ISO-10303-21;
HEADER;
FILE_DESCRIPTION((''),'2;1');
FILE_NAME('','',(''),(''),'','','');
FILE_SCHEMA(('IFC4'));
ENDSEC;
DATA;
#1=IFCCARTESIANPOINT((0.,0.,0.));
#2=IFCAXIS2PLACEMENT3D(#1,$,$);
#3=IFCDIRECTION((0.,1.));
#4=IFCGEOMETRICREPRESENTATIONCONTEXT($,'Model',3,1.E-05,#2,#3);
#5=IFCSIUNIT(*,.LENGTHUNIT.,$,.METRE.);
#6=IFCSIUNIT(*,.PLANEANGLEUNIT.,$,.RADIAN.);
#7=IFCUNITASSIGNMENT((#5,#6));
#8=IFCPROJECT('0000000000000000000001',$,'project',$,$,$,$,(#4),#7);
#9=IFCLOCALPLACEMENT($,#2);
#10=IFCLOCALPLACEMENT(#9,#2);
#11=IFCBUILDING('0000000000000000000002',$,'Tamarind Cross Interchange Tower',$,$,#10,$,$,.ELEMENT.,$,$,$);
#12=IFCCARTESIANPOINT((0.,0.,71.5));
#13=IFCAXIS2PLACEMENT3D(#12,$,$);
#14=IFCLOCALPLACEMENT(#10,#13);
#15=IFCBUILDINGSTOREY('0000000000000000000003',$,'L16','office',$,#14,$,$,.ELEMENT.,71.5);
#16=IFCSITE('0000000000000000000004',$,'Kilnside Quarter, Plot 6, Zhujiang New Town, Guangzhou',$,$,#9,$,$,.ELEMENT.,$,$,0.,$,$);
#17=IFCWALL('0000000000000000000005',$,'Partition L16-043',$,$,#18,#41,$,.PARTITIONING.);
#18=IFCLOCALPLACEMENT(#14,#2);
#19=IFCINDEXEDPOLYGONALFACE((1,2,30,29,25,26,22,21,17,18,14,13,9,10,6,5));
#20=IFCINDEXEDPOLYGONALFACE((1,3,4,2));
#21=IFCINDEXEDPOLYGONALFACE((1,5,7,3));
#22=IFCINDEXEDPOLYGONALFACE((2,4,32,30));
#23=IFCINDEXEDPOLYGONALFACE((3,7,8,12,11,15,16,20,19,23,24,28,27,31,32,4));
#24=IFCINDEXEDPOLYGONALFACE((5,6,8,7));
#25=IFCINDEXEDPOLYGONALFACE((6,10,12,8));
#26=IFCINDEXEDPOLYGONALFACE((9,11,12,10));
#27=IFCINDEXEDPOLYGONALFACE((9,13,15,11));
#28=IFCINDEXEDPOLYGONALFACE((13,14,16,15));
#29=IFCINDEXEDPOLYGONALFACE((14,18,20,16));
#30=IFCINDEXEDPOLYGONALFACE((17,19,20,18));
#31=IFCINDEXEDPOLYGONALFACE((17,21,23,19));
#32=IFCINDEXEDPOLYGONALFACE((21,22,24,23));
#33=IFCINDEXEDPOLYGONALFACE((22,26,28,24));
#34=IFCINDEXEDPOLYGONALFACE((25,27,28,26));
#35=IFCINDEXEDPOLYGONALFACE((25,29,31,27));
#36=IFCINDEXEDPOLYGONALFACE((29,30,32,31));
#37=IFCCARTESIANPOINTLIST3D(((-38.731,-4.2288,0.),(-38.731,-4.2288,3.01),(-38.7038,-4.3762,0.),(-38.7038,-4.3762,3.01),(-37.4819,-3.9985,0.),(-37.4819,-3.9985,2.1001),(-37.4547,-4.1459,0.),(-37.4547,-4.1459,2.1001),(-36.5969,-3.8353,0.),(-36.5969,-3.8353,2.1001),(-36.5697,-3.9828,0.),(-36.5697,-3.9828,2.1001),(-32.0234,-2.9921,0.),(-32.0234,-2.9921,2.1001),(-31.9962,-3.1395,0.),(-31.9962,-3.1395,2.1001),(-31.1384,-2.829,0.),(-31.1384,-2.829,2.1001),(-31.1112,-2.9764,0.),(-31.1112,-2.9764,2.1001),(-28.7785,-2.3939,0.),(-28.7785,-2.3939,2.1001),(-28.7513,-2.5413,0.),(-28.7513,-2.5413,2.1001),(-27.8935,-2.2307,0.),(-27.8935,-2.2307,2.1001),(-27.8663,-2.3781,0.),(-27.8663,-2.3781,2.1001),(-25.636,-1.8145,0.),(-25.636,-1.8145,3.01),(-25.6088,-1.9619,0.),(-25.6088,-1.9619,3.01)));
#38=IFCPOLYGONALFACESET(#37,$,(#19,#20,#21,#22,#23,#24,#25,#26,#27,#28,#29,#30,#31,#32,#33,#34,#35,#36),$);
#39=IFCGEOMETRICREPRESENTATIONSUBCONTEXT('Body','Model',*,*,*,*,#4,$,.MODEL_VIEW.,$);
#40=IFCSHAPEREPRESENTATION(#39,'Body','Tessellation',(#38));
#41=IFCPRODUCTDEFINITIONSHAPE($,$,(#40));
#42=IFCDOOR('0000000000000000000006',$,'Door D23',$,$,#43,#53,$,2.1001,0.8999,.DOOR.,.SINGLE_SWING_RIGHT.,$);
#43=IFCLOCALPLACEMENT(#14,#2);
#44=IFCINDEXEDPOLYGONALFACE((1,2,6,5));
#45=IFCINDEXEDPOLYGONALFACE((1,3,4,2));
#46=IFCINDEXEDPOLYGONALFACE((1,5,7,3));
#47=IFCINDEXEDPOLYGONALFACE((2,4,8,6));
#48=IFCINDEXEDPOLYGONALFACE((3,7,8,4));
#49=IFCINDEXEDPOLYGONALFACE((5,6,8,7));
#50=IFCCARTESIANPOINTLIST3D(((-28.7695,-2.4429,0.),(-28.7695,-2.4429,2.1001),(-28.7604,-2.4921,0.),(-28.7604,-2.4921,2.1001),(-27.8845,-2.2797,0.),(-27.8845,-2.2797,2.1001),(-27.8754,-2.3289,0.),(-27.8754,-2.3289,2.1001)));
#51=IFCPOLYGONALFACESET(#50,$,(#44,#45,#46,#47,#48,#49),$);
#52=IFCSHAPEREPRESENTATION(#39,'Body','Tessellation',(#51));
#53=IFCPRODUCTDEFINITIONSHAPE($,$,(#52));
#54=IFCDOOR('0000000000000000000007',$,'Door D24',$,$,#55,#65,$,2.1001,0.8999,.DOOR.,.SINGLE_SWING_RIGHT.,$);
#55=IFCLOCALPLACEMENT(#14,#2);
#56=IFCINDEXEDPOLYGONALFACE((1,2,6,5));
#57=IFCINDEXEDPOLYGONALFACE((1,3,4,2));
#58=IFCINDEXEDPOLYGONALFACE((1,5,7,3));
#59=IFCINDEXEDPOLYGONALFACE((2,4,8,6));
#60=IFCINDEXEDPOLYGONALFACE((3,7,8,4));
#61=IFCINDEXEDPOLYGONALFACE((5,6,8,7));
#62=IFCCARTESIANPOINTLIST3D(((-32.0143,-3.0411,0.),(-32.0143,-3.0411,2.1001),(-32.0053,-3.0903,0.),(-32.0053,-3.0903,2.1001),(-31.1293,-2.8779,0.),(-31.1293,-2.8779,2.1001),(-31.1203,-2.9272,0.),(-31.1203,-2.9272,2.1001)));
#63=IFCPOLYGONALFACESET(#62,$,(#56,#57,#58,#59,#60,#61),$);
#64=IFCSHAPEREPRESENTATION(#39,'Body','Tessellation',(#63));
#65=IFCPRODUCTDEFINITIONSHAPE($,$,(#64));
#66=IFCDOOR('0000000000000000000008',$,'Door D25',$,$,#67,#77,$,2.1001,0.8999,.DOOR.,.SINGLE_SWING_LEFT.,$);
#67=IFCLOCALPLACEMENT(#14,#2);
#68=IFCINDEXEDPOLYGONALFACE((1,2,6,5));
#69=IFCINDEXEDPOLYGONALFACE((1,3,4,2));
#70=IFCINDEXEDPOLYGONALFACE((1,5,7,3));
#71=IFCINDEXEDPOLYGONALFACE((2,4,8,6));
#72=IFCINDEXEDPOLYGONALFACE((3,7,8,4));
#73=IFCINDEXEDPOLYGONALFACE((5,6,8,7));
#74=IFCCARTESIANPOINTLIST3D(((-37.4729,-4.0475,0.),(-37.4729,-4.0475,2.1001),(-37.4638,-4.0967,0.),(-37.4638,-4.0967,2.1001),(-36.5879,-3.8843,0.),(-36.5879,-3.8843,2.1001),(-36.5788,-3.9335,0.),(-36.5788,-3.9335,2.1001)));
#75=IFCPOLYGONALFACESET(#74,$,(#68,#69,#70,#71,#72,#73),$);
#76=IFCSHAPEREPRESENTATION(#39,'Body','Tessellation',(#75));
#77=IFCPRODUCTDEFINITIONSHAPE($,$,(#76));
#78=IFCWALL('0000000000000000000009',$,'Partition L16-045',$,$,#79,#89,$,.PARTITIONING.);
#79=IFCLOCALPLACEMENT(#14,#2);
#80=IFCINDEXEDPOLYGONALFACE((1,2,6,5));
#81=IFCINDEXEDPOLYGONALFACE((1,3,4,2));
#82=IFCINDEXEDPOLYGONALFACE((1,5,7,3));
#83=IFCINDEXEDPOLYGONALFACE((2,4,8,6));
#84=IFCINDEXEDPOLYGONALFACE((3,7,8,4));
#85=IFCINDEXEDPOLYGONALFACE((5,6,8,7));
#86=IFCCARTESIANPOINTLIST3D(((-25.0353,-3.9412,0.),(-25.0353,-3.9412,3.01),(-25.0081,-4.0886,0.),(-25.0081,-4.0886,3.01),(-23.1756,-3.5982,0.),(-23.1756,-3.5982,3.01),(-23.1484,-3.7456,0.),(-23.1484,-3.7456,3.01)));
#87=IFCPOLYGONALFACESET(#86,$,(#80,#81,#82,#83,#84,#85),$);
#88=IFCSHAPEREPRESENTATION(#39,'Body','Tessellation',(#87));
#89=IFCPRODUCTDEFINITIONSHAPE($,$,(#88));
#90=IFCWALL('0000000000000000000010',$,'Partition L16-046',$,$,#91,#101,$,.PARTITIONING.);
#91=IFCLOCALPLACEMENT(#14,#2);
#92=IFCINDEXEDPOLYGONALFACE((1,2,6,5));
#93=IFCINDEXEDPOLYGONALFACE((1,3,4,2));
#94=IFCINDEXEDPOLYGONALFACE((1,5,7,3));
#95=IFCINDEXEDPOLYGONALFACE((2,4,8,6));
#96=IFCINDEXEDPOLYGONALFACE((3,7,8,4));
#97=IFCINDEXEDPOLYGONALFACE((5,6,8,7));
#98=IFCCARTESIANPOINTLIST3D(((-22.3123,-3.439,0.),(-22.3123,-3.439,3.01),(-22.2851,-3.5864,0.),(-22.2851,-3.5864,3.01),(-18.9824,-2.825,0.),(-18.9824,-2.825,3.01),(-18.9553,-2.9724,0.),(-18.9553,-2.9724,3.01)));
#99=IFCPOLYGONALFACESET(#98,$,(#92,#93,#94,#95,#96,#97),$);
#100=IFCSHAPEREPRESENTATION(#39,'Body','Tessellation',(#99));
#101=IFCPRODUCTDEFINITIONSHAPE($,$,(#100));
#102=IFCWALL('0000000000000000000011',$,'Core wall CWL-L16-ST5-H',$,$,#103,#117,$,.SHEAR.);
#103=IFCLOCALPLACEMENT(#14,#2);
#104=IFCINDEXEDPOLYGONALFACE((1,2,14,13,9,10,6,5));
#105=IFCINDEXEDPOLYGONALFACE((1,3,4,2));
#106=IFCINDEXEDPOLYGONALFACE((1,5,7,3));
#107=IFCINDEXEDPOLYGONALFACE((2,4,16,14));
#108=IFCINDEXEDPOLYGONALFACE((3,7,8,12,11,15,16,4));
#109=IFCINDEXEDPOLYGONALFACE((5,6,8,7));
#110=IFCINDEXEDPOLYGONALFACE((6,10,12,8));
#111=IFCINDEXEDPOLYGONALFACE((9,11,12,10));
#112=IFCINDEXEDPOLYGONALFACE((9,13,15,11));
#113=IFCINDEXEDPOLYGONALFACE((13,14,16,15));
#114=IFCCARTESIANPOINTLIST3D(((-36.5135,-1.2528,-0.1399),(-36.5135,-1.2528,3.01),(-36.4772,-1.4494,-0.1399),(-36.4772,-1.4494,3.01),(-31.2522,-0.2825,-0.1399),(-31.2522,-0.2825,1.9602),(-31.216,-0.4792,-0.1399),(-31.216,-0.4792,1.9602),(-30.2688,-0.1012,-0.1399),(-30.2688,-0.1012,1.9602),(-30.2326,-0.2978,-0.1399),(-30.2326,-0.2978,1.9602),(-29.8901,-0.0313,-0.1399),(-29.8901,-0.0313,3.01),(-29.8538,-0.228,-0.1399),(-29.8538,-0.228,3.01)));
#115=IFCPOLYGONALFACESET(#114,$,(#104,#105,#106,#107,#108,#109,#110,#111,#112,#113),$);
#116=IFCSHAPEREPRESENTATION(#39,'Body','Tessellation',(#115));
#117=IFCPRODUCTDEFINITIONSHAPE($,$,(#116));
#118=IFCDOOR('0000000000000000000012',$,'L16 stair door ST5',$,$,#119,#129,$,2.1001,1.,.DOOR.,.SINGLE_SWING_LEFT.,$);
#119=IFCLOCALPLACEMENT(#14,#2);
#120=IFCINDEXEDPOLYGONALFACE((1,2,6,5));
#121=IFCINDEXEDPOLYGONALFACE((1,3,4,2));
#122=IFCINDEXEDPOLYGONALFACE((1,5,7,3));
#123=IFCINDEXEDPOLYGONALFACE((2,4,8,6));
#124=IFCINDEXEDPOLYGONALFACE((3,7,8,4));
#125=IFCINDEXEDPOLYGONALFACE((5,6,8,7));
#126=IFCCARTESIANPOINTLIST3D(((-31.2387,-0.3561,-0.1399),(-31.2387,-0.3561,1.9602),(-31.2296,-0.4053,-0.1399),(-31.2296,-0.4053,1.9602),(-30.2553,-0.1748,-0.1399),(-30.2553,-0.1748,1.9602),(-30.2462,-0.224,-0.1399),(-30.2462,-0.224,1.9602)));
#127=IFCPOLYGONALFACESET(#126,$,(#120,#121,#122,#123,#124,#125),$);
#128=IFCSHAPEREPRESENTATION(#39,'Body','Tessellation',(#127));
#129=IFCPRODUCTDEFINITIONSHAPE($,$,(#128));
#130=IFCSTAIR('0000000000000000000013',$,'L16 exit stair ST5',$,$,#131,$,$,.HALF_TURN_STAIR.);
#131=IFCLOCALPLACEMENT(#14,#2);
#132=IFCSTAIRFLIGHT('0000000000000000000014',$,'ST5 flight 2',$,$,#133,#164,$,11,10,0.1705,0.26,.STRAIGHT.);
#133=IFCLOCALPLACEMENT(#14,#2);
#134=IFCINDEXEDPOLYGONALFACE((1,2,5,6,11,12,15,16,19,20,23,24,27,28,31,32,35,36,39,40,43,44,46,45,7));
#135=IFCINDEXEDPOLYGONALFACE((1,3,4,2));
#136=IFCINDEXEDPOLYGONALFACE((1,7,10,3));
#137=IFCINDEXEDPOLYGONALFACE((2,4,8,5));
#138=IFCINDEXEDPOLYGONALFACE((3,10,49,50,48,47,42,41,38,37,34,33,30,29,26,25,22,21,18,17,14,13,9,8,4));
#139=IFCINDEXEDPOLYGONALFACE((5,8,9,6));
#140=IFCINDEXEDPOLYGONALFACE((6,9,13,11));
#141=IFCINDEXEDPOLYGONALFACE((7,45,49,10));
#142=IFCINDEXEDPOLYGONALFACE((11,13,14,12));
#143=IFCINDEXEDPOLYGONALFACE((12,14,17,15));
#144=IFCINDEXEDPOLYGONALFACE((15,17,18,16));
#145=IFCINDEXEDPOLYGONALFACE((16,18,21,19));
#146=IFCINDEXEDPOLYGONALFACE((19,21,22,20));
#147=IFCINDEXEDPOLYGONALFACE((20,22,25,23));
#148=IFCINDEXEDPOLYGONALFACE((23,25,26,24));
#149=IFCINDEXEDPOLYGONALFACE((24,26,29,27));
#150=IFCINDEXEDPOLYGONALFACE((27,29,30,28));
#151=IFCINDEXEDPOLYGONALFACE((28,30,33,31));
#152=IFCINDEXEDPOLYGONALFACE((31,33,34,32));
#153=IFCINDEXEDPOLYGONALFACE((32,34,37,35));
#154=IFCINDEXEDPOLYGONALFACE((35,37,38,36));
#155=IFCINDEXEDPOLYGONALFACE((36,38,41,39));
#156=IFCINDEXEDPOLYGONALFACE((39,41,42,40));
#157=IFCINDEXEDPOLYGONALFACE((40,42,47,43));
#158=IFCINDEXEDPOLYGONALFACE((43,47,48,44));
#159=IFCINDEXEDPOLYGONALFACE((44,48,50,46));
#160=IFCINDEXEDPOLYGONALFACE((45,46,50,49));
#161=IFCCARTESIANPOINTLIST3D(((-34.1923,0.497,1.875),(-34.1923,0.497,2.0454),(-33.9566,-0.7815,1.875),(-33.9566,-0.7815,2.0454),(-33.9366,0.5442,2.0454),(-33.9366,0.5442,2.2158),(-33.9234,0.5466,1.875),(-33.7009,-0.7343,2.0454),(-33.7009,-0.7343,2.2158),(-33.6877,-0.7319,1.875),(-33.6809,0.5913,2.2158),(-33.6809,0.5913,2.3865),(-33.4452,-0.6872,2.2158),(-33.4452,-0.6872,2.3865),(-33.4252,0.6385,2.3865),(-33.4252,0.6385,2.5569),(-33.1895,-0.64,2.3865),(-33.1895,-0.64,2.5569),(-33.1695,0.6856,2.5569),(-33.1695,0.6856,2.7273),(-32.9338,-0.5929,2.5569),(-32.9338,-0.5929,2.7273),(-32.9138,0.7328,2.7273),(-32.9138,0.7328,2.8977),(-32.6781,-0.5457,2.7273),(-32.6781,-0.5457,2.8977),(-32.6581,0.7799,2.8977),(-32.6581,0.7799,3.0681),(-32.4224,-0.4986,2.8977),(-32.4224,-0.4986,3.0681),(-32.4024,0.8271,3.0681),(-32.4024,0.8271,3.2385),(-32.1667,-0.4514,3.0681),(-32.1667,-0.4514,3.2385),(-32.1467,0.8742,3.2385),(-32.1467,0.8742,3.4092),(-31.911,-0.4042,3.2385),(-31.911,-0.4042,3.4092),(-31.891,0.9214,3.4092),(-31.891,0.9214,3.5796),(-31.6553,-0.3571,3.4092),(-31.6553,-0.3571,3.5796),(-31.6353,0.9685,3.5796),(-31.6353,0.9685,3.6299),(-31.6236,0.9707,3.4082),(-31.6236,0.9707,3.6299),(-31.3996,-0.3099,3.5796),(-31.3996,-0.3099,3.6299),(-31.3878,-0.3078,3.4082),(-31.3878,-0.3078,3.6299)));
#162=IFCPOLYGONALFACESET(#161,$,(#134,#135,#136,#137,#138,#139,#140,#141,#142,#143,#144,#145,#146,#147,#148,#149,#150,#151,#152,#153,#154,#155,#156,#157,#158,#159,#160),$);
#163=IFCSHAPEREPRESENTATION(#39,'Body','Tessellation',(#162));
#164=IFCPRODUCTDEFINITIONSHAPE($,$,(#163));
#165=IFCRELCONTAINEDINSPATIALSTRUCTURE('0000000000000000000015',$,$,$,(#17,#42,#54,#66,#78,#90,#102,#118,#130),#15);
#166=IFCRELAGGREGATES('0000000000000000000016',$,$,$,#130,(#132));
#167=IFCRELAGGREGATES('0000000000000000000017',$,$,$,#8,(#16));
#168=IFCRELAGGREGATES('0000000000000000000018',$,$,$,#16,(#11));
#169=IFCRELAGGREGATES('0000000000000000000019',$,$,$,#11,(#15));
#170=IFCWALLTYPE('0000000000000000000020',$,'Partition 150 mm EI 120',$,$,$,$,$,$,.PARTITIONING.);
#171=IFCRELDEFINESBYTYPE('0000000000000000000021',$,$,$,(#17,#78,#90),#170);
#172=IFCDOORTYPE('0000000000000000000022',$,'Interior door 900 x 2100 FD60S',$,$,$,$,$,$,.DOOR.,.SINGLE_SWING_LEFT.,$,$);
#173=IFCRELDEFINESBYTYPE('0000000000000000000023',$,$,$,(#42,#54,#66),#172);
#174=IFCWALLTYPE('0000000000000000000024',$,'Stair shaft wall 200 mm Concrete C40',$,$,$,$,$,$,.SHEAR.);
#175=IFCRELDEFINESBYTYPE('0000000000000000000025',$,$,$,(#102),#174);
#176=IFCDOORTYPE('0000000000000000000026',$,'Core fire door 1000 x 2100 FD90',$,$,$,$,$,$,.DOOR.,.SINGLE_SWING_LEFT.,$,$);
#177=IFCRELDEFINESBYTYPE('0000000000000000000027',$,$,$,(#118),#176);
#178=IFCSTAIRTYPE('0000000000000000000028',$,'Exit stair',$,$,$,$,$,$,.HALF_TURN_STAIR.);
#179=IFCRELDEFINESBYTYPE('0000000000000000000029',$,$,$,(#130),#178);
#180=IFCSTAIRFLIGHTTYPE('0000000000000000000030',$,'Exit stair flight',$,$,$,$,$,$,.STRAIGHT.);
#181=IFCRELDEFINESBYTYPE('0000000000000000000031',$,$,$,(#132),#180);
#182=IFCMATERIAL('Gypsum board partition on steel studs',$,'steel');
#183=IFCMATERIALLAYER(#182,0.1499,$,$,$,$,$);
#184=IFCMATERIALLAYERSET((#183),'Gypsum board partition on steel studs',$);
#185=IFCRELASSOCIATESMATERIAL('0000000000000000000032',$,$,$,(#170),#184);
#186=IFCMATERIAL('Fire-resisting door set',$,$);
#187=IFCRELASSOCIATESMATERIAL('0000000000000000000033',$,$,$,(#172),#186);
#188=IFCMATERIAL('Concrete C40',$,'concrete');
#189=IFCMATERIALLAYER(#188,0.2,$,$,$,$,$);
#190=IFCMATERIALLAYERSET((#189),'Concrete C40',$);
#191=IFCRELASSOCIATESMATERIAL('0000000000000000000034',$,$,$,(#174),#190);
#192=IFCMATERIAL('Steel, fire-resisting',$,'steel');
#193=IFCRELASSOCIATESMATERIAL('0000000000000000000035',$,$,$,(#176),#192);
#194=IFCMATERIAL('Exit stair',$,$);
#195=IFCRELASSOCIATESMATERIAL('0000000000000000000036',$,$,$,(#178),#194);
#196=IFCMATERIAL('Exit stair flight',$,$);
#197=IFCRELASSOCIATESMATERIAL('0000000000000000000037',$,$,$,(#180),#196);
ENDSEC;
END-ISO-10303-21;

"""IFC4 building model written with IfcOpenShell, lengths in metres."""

from ifc_helpers import new_model, si_unit, direction, frame, frame_2d, origin, place, context, subcontext, project, spatial, polyline, rectangle, outline, extrude, material, layer, layer_set, type_object, element, fill, aggregate, save


model = new_model("IFC4")

# Units and contexts
model_context = context("Model", 3, precision=1e-05, world=origin(), true_north=direction((0.0, 1.0)))
body_context = subcontext(model_context, "Body", "Model", "MODEL_VIEW")
ifc_project = project(units=[si_unit("LENGTHUNIT", "METRE"), si_unit("PLANEANGLEUNIT", "RADIAN")], contexts=[model_context])

# Site, building, storey
site_placement = place(None, origin())
site = spatial("IfcSite", under=ifc_project, at=site_placement, Name="Kilnside Quarter, Plot 6, Zhujiang New Town, Guangzhou", CompositionType="ELEMENT", RefElevation=0.0)
building_placement = place(site_placement, origin())
building = spatial("IfcBuilding", under=site, at=building_placement, Name="Tamarind Cross Interchange Tower", CompositionType="ELEMENT")
storey_placement = place(building_placement, frame((0.0, 0.0, 71.5)))
storey = spatial("IfcBuildingStorey", under=building, at=storey_placement, Name="L16", Description="office", CompositionType="ELEMENT", Elevation=71.5)

# Shared definitions
ifc_material_1 = material(Name="Gypsum board partition on steel studs", Category="steel")
ifc_layer_1 = layer(ifc_material_1, 0.1499)
ifc_layer_set_1 = layer_set([ifc_layer_1], Name="Gypsum board partition on steel studs")
wall_type_1 = type_object("IfcWallType", Name="Partition 150 mm EI 120", PredefinedType="PARTITIONING", material=ifc_layer_set_1)

# Shared definitions
ifc_material_2 = material(Name="Fire-resisting door set")
door_type_1 = type_object("IfcDoorType", Name="Interior door 900 x 2100 FD60S", OperationType="SINGLE_SWING_LEFT", PredefinedType="DOOR", material=ifc_material_2)

# Wall, openings, doors
wall_1_placement = place(storey_placement, frame((-38.7173, -4.3025, 0.0), z_axis=(0.0, 0.0, 1.0), x_axis=(0.983425, 0.181313, 0.0)))
wall_1 = element("IfcWall", 1, at=wall_1_placement, inside=storey, type_object=wall_type_1, Name="Partition L16-043", PredefinedType="PARTITIONING", context=body_context, shape_type="SweptSolid", body=[
    extrude(rectangle(XDim=13.3157, YDim=0.1499, at=frame_2d((6.6577, 0.0))), origin(), (0.0, 0.0, 1.0), 3.01),
])
opening_1_placement = place(wall_1_placement, frame((10.1201, 0.0, 0.0)))
opening_1 = element("IfcOpeningElement", 2, at=opening_1_placement, cuts=wall_1, PredefinedType="OPENING", context=body_context, shape_type="SweptSolid", body=[
    extrude(rectangle(XDim=0.8999, YDim=2.1001, at=frame_2d((0.45, 1.05))), frame((0.0, 0.085, 0.0), z_axis=(0.0, -1.0, 0.0), x_axis=(1.0, 0.0, 0.0)), (0.0, 0.0, 1.0), 0.1699),
])
opening_2_placement = place(wall_1_placement, frame((6.8206, 0.0, 0.0)))
opening_2 = element("IfcOpeningElement", 3, at=opening_2_placement, cuts=wall_1, PredefinedType="OPENING", context=body_context, shape_type="SweptSolid", body=[
    extrude(rectangle(XDim=0.8999, YDim=2.1001, at=frame_2d((0.45, 1.05))), frame((0.0, 0.085, 0.0), z_axis=(0.0, -1.0, 0.0), x_axis=(1.0, 0.0, 0.0)), (0.0, 0.0, 1.0), 0.1699),
])
opening_3_placement = place(wall_1_placement, frame((1.27, 0.0, 0.0)))
opening_3 = element("IfcOpeningElement", 4, at=opening_3_placement, cuts=wall_1, PredefinedType="OPENING", context=body_context, shape_type="SweptSolid", body=[
    extrude(rectangle(XDim=0.8999, YDim=2.1001, at=frame_2d((0.45, 1.05))), frame((0.0, 0.085, 0.0), z_axis=(0.0, -1.0, 0.0), x_axis=(1.0, 0.0, 0.0)), (0.0, 0.0, 1.0), 0.1699),
])
door_1_placement = place(opening_1_placement, frame((0.8999, 0.0, 0.0), z_axis=(0.0, 0.0, 1.0), x_axis=(-1.0, 0.0, 0.0)))
door_1 = element("IfcDoor", 5, at=door_1_placement, inside=storey, type_object=door_type_1, Name="Door D23", OperationType="SINGLE_SWING_RIGHT", OverallHeight=2.1001, OverallWidth=0.8999, PredefinedType="DOOR", context=body_context, shape_type="SweptSolid", body=[
    extrude(rectangle(XDim=0.8999, YDim=2.1001, at=frame_2d((0.45, 1.05))), frame((0.0, 0.0249, 0.0), z_axis=(0.0, -1.0, 0.0), x_axis=(1.0, 0.0, 0.0)), (0.0, 0.0, 1.0), 0.05),
])
fill(opening_1, door_1)
door_2_placement = place(opening_2_placement, frame((0.8999, 0.0, 0.0), z_axis=(0.0, 0.0, 1.0), x_axis=(-1.0, 0.0, 0.0)))
door_2 = element("IfcDoor", 6, at=door_2_placement, inside=storey, type_object=door_type_1, Name="Door D24", OperationType="SINGLE_SWING_RIGHT", OverallHeight=2.1001, OverallWidth=0.8999, PredefinedType="DOOR", context=body_context, shape_type="SweptSolid", body=[
    extrude(rectangle(XDim=0.8999, YDim=2.1001, at=frame_2d((0.45, 1.05))), frame((0.0, 0.0249, 0.0), z_axis=(0.0, -1.0, 0.0), x_axis=(1.0, 0.0, 0.0)), (0.0, 0.0, 1.0), 0.05),
])
fill(opening_2, door_2)
door_3_placement = place(opening_3_placement, frame((0.8999, 0.0, 0.0), z_axis=(0.0, 0.0, 1.0), x_axis=(-1.0, 0.0, 0.0)))
door_3 = element("IfcDoor", 7, at=door_3_placement, inside=storey, type_object=door_type_1, Name="Door D25", OperationType="SINGLE_SWING_LEFT", OverallHeight=2.1001, OverallWidth=0.8999, PredefinedType="DOOR", context=body_context, shape_type="SweptSolid", body=[
    extrude(rectangle(XDim=0.8999, YDim=2.1001, at=frame_2d((0.45, 1.05))), frame((0.0, 0.0249, 0.0), z_axis=(0.0, -1.0, 0.0), x_axis=(1.0, 0.0, 0.0)), (0.0, 0.0, 1.0), 0.05),
])
fill(opening_3, door_3)

# Walls
wall_2_placement = place(storey_placement, frame((-25.0217, -4.0149, 0.0), z_axis=(0.0, 0.0, 1.0), x_axis=(0.983414, 0.181373, 0.0)))
element("IfcWall", 8, at=wall_2_placement, inside=storey, type_object=wall_type_1, Name="Partition L16-045", PredefinedType="PARTITIONING", context=body_context, shape_type="SweptSolid", body=[
    extrude(rectangle(XDim=1.8911, YDim=0.1499, at=frame_2d((0.9456, 0.0))), origin(), (0.0, 0.0, 1.0), 3.01),
])
wall_3_placement = place(storey_placement, frame((-22.2986, -3.5127, 0.0), z_axis=(0.0, 0.0, 1.0), x_axis=(0.98342, 0.18134, 0.0)))
element("IfcWall", 9, at=wall_3_placement, inside=storey, type_object=wall_type_1, Name="Partition L16-046", PredefinedType="PARTITIONING", context=body_context, shape_type="SweptSolid", body=[
    extrude(rectangle(XDim=3.386, YDim=0.1499, at=frame_2d((1.6929, 0.0))), origin(), (0.0, 0.0, 1.0), 3.01),
])

# Wall, opening, door
ifc_material_3 = material(Name="Concrete C40", Category="concrete")
ifc_layer_2 = layer(ifc_material_3, 0.2)
ifc_layer_set_2 = layer_set([ifc_layer_2], Name="Concrete C40")
wall_type_2 = type_object("IfcWallType", Name="Stair shaft wall 200 mm Concrete C40", PredefinedType="SHEAR", material=ifc_layer_set_2)
wall_4_placement = place(storey_placement, frame((-29.8718, -0.1296, -0.1399), z_axis=(0.0, 0.0, 1.0), x_axis=(-0.983419, -0.181351, 0.0)))
wall_4 = element("IfcWall", 10, at=wall_4_placement, inside=storey, type_object=wall_type_2, Name="Core wall CWL-L16-ST5-H", PredefinedType="SHEAR", context=body_context, shape_type="SweptSolid", body=[
    extrude(rectangle(XDim=6.7351, YDim=0.2, at=frame_2d((3.3677, 0.0))), origin(), (0.0, 0.0, 1.0), 3.1499),
])
opening_4_placement = place(wall_4_placement, frame((0.3853, 0.0, 0.0)))
opening_4 = element("IfcOpeningElement", 11, at=opening_4_placement, cuts=wall_4, PredefinedType="OPENING", context=body_context, shape_type="SweptSolid", body=[
    extrude(rectangle(XDim=1.0, YDim=2.1001, at=frame_2d((0.5, 1.05))), frame((0.0, 0.1099, 0.0), z_axis=(0.0, -1.0, 0.0), x_axis=(1.0, 0.0, 0.0)), (0.0, 0.0, 1.0), 0.22),
])
ifc_material_4 = material(Name="Steel, fire-resisting", Category="steel")
door_type_2 = type_object("IfcDoorType", Name="Core fire door 1000 x 2100 FD90", OperationType="SINGLE_SWING_LEFT", PredefinedType="DOOR", material=ifc_material_4)
door_4_placement = place(opening_4_placement, origin())
door_4 = element("IfcDoor", 12, at=door_4_placement, inside=storey, type_object=door_type_2, Name="L16 stair door ST5", OperationType="SINGLE_SWING_LEFT", OverallHeight=2.1001, OverallWidth=1.0, PredefinedType="DOOR", context=body_context, shape_type="SweptSolid", body=[
    extrude(rectangle(XDim=1.0, YDim=2.1001, at=frame_2d((0.5, 1.05))), frame((0.0, 0.0249, 0.0), z_axis=(0.0, -1.0, 0.0), x_axis=(1.0, 0.0, 0.0)), (0.0, 0.0, 1.0), 0.05),
])
fill(opening_4, door_4)

# Stair, stair flight
ifc_material_5 = material(Name="Exit stair")
stair_type = type_object("IfcStairType", Name="Exit stair", PredefinedType="HALF_TURN_STAIR", material=ifc_material_5)
stair_placement = place(storey_placement, origin())
stair = element("IfcStair", 13, at=stair_placement, inside=storey, type_object=stair_type, Name="L16 exit stair ST5", PredefinedType="HALF_TURN_STAIR")
ifc_material_6 = material(Name="Exit stair flight")
stair_flight_type = type_object("IfcStairFlightType", Name="Exit stair flight", PredefinedType="STRAIGHT", material=ifc_material_6)
stair_flight_placement = place(storey_placement, frame((-34.0745, -0.1421, 1.875), z_axis=(0.0, 0.0, 1.0), x_axis=(0.98342, 0.181343, 0.0)))
stair_flight = element("IfcStairFlight", 14, at=stair_flight_placement, type_object=stair_flight_type, Name="ST5 flight 2", NumberOfRisers=11, NumberOfTreads=10, PredefinedType="STRAIGHT", RiserHeight=0.1705, TreadLength=0.26, context=body_context, shape_type="SweptSolid", body=[
    extrude(outline(polyline([(0.0, 0.0), (0.0, 0.1704), (0.26, 0.1704), (0.26, 0.3408), (0.52, 0.3408), (0.52, 0.5115), (0.78, 0.5115), (0.78, 0.6819), (1.04, 0.6819), (1.04, 0.8523), (1.3, 0.8523), (1.3, 1.0227), (1.5601, 1.0227), (1.5601, 1.1931), (1.8201, 1.1931), (1.8201, 1.3635), (2.0801, 1.3635), (2.0801, 1.5342), (2.3401, 1.5342), (2.3401, 1.7046), (2.6001, 1.7046), (2.6001, 1.7549), (2.6121, 1.7549), (2.6121, 1.5332), (0.2734, 0.0), (0.0, 0.0)])), frame((0.0, 0.6499, 0.0), z_axis=(0.0, -1.0, 0.0), x_axis=(1.0, 0.0, 0.0)), (0.0, 0.0, 1.0), 1.3),
])
aggregate(stair, [stair_flight])

save(model, "model.ifc")
